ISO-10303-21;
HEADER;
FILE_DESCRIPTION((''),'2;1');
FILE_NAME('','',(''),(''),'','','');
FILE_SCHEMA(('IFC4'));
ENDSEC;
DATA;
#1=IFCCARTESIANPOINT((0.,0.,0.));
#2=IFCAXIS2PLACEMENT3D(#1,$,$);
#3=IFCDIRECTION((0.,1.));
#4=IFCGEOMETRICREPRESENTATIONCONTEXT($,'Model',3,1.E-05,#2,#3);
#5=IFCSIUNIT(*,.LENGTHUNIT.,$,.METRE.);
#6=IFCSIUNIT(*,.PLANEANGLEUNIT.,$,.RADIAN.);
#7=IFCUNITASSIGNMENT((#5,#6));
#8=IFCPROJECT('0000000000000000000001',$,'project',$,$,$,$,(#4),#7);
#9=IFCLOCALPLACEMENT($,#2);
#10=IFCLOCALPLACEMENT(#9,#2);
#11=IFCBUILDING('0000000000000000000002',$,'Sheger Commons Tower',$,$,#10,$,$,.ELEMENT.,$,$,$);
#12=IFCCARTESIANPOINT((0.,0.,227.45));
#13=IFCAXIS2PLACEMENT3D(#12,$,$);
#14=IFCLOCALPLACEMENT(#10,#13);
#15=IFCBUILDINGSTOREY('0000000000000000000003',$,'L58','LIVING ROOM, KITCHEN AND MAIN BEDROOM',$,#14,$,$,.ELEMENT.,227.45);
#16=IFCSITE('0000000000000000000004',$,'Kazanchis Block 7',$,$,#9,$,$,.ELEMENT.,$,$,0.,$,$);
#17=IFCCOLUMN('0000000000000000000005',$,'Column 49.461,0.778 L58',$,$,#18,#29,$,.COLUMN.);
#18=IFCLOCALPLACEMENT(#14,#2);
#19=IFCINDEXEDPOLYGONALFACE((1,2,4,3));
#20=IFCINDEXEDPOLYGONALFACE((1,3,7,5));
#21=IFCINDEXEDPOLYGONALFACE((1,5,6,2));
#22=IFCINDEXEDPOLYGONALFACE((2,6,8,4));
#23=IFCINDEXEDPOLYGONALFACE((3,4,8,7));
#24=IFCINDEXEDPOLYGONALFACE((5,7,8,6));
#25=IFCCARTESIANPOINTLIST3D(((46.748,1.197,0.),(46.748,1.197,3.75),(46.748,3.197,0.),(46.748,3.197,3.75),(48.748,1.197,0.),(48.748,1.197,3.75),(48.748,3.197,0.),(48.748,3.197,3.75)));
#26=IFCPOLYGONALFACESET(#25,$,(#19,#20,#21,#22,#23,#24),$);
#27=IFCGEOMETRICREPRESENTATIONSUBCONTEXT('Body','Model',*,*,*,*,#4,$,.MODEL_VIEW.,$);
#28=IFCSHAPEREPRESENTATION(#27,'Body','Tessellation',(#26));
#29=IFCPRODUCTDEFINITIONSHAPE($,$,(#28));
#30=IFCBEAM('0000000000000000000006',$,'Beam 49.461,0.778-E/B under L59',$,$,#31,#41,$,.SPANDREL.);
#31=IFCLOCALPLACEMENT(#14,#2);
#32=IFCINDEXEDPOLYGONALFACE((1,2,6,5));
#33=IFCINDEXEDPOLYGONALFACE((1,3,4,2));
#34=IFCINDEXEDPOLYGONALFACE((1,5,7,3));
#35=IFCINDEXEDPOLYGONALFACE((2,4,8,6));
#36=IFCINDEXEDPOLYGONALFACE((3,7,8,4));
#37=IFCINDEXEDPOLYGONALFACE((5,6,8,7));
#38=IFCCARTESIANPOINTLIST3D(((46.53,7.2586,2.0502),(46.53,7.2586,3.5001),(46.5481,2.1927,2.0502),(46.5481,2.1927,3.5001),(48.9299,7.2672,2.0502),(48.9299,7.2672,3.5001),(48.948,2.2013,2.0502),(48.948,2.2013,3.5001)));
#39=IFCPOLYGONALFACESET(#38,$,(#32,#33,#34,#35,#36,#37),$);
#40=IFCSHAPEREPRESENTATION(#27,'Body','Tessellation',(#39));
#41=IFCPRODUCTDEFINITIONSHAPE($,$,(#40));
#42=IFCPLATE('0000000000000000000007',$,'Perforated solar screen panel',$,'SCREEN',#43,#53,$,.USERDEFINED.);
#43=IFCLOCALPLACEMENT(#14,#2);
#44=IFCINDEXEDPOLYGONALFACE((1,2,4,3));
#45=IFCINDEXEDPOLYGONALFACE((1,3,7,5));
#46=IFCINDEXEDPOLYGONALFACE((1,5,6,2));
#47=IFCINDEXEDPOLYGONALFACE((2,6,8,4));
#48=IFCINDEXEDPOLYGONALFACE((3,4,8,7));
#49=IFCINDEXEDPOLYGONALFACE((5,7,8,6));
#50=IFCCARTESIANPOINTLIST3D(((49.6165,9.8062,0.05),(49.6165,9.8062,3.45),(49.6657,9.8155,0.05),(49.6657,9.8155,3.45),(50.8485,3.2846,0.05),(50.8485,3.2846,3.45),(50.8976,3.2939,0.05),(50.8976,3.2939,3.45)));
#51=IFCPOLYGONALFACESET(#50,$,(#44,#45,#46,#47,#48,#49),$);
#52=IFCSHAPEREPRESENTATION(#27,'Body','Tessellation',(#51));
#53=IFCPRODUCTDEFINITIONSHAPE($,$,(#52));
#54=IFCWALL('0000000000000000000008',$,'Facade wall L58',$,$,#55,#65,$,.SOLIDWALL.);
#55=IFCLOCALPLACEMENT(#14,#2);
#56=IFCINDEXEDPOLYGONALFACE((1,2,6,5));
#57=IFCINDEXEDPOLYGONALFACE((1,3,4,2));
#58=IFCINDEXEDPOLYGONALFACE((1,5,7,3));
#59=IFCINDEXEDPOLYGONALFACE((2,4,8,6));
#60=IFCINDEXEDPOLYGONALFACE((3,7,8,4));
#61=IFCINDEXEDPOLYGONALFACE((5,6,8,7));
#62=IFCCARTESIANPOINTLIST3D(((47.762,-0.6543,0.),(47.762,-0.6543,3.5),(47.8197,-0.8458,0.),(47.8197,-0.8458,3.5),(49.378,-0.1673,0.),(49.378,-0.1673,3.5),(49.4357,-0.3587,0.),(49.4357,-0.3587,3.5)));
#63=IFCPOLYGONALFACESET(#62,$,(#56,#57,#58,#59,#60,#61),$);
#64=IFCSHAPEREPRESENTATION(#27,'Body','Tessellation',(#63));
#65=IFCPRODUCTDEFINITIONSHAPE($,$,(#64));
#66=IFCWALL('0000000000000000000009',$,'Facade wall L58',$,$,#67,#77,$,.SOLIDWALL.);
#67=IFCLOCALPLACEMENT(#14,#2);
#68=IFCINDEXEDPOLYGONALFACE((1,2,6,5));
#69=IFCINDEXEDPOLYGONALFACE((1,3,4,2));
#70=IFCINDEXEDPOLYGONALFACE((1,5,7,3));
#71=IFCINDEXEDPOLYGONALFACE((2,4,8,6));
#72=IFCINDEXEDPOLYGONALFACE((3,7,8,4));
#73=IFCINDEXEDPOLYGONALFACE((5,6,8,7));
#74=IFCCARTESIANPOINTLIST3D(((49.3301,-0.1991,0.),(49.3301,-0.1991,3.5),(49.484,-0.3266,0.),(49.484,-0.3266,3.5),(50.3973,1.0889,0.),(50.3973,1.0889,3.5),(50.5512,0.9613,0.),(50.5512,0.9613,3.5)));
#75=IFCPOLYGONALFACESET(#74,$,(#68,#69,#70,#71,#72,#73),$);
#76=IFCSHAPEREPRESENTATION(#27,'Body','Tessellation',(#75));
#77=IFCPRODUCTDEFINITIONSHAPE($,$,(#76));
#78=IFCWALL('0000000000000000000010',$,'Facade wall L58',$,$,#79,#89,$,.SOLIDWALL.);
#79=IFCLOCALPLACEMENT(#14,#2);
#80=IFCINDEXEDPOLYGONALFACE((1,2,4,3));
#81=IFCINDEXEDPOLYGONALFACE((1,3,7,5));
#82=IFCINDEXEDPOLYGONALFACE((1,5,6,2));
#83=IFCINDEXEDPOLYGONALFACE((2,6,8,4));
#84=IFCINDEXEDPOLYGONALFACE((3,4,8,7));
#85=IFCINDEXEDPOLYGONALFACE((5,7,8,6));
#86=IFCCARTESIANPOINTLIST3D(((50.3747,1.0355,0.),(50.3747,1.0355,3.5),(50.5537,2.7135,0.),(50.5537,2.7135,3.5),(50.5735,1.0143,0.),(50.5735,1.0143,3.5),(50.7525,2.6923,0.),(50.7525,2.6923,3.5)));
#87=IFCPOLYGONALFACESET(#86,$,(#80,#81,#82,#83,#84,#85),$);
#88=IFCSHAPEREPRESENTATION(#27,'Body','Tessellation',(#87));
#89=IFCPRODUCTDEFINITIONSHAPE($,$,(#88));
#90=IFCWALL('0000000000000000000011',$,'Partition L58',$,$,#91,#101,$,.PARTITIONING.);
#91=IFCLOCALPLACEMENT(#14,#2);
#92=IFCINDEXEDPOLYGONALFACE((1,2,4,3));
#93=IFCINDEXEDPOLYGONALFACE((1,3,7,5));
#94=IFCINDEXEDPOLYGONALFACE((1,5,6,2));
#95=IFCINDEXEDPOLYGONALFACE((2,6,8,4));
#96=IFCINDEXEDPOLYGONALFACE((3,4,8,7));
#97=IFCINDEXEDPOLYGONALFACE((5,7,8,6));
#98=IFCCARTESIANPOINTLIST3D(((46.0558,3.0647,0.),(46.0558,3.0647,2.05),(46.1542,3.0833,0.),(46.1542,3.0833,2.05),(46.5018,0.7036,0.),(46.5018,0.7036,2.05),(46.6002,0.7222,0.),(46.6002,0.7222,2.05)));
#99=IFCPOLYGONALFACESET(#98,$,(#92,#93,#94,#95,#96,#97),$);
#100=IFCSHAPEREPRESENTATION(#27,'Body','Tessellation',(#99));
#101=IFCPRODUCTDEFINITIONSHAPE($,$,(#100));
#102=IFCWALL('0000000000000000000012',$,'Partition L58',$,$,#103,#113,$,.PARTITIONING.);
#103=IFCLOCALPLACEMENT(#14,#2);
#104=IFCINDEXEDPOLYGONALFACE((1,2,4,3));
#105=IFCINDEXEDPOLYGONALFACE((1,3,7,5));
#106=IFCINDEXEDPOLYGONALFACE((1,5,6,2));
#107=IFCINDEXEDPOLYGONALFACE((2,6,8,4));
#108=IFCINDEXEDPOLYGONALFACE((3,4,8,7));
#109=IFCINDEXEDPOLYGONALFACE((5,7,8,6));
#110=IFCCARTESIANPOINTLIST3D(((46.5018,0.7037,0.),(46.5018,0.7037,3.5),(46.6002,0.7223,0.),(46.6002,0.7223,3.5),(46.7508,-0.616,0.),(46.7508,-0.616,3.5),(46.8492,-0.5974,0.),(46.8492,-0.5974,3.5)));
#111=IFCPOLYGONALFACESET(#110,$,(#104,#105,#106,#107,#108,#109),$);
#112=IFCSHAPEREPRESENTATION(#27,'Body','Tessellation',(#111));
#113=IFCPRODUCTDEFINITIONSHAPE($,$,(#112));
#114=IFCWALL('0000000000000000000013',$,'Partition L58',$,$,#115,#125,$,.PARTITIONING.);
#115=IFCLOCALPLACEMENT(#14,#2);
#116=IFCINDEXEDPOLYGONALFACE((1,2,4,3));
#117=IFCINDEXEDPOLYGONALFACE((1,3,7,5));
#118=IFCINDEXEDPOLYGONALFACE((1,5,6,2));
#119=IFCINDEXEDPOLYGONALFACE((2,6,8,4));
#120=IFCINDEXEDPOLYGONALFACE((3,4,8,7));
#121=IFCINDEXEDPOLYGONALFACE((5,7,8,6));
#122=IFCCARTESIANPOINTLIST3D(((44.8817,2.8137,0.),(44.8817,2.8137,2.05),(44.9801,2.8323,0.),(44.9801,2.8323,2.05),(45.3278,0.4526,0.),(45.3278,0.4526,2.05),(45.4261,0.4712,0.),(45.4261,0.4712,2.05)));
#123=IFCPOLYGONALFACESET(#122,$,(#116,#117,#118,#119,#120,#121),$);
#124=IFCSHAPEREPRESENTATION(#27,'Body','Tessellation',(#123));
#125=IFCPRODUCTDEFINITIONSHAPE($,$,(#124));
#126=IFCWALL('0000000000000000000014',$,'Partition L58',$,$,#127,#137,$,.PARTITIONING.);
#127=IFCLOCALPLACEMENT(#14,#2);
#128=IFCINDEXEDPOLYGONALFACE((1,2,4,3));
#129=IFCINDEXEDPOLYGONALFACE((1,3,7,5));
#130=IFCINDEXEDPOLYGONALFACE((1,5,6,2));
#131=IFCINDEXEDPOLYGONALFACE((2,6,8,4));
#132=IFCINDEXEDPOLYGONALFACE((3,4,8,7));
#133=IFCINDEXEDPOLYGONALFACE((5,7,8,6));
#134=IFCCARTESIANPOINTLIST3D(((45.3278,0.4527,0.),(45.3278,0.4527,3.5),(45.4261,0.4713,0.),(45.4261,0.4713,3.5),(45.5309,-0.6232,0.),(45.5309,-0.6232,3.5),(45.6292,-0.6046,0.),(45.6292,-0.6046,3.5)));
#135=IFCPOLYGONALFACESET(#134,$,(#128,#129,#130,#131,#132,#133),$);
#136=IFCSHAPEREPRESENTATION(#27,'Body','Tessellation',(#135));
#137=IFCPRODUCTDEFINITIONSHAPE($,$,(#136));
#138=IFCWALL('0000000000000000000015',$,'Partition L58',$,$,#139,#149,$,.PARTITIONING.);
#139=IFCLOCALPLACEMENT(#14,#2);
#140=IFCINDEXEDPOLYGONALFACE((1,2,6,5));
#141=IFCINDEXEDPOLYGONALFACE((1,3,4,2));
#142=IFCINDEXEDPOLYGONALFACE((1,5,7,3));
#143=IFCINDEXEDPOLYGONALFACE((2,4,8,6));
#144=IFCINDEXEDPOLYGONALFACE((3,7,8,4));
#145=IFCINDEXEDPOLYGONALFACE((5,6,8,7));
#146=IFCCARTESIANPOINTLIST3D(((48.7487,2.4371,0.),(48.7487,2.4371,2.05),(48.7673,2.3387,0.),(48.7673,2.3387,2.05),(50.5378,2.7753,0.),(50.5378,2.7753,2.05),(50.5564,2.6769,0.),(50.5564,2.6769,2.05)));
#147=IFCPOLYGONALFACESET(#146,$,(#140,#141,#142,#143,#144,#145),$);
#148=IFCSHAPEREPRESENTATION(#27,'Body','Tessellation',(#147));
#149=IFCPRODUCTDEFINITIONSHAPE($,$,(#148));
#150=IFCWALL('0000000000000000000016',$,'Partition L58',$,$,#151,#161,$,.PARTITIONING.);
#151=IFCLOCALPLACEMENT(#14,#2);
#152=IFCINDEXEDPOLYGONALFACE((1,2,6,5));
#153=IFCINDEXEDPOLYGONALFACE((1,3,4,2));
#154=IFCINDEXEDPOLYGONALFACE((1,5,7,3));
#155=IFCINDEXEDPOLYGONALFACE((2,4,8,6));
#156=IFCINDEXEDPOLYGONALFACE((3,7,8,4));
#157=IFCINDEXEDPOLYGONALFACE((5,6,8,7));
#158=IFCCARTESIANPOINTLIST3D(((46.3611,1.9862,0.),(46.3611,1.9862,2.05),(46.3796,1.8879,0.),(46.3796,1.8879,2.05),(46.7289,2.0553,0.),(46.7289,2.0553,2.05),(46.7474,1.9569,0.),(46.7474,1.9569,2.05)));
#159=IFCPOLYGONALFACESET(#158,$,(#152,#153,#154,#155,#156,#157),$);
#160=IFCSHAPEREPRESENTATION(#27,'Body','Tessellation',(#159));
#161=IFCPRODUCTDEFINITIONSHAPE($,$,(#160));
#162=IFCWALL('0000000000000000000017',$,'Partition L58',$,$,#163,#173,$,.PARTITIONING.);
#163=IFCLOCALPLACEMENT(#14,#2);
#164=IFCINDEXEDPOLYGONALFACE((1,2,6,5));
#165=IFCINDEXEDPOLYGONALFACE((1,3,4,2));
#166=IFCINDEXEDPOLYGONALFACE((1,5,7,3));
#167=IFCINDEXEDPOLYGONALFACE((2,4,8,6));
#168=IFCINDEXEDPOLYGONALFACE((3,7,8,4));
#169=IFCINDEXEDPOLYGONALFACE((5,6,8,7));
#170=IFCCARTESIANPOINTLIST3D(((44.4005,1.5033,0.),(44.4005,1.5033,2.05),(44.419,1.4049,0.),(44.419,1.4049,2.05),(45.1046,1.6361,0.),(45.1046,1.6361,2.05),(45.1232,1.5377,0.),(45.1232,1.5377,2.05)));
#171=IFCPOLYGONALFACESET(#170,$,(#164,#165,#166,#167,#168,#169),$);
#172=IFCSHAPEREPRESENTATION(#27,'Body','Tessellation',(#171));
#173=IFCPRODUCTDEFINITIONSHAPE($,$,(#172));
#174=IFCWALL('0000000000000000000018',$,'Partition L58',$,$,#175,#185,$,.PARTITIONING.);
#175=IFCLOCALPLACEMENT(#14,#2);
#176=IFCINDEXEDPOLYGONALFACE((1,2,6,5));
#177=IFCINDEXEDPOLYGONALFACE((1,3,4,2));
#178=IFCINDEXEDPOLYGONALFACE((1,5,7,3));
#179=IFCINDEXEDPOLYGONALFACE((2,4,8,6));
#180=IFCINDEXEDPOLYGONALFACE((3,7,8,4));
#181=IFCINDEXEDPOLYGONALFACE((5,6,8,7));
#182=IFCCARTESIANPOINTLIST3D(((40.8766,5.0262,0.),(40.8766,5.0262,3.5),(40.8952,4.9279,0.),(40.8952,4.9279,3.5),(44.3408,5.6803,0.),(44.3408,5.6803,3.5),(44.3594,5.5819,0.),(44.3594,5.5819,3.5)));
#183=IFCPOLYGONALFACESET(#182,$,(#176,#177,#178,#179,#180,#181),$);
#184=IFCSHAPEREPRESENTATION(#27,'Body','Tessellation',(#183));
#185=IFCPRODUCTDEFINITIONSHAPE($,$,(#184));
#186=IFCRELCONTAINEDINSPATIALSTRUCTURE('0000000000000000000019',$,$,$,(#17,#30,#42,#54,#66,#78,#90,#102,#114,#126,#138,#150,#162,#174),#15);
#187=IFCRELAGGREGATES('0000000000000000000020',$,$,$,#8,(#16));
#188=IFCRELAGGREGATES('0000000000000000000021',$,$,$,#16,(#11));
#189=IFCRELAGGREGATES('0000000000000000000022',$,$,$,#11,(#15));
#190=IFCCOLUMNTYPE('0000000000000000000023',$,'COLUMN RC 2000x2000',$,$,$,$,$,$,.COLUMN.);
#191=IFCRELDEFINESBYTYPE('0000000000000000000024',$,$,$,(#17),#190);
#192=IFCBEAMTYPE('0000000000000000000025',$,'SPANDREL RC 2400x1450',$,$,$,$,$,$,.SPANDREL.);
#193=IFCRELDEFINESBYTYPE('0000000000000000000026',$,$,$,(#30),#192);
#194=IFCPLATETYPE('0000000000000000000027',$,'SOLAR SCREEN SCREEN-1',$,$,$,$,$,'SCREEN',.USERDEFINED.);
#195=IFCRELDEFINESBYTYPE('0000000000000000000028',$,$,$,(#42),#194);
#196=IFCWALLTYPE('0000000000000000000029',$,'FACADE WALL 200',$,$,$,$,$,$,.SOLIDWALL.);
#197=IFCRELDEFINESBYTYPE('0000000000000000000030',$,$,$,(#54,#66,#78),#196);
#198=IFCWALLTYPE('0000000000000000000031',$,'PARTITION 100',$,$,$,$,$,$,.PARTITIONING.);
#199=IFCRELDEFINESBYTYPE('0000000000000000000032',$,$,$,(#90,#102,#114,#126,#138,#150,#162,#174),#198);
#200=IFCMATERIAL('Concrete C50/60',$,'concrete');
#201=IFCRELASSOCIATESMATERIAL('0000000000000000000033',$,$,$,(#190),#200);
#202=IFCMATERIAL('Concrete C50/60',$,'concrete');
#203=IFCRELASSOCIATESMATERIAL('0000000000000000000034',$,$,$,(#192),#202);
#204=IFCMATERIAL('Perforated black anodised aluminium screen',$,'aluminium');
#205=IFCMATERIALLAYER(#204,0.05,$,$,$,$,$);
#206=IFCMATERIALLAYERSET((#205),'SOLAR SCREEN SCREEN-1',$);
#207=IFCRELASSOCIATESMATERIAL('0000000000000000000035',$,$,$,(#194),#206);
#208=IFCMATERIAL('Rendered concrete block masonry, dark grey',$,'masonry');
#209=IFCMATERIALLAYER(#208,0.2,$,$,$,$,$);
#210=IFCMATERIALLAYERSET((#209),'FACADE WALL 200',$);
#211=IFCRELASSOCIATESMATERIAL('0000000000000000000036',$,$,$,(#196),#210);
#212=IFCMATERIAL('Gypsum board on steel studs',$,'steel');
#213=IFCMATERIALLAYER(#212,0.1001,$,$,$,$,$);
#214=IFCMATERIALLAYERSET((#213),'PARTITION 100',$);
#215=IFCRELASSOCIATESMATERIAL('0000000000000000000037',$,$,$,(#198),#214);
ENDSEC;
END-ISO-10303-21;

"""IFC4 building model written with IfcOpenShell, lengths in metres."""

from ifc_helpers import new_model, si_unit, direction, frame, frame_2d, origin, origin_2d, place, context, subcontext, project, spatial, rectangle, extrude, material, layer, layer_set, material_profile, profile_set, type_object, element, save


model = new_model("IFC4")

# Units and contexts
model_context = context("Model", 3, precision=1e-05, world=origin(), true_north=direction((0.0, 1.0)))
body_context = subcontext(model_context, "Body", "Model", "MODEL_VIEW")
ifc_project = project(units=[si_unit("LENGTHUNIT", "METRE"), si_unit("PLANEANGLEUNIT", "RADIAN")], contexts=[model_context])

# Site, building, storey
site_placement = place(None, origin())
site = spatial("IfcSite", under=ifc_project, at=site_placement, Name="Kazanchis Block 7", CompositionType="ELEMENT", RefElevation=0.0)
building_placement = place(site_placement, origin())
building = spatial("IfcBuilding", under=site, at=building_placement, Name="Sheger Commons Tower", CompositionType="ELEMENT")
storey_placement = place(building_placement, frame((0.0, 0.0, 227.45)))
storey = spatial("IfcBuildingStorey", under=building, at=storey_placement, Name="L58", Description="LIVING ROOM, KITCHEN AND MAIN BEDROOM", CompositionType="ELEMENT", Elevation=227.45)

# Column
ifc_material_1 = material(Name="Concrete C50/60", Category="concrete")
ifc_material_profile_1 = material_profile(ifc_material_1, rectangle(XDim=2.0, YDim=2.0, at=origin_2d()), Name="RC 2000x2000")
ifc_profile_set_1 = profile_set([ifc_material_profile_1], Name="Concrete C50/60")
column_type = type_object("IfcColumnType", Name="COLUMN RC 2000x2000", PredefinedType="COLUMN", material=ifc_profile_set_1)
column_placement = place(storey_placement, frame((47.748, 2.197, 0.0), z_axis=(0.0, 0.0, 1.0), x_axis=(1.0, 0.0, 0.0)))
element("IfcColumn", 1, at=column_placement, inside=storey, type_object=column_type, Name="Column 49.461,0.778 L58", PredefinedType="COLUMN", context=body_context, shape_type="SweptSolid", body=[
    extrude(rectangle(XDim=2.0, YDim=2.0, at=origin_2d()), origin(), (0.0, 0.0, 1.0), 3.75),
])

# Beam
ifc_material_2 = material(Name="Concrete C50/60", Category="concrete")
ifc_material_profile_2 = material_profile(ifc_material_2, rectangle(XDim=2.3999, YDim=1.45, at=origin_2d()), Name="RC 2400x1450")
ifc_profile_set_2 = profile_set([ifc_material_profile_2], Name="Concrete C50/60")
beam_type = type_object("IfcBeamType", Name="SPANDREL RC 2400x1450", PredefinedType="SPANDREL", material=ifc_profile_set_2)
beam_placement = place(storey_placement, frame((47.748, 2.197, 2.7751), z_axis=(-0.003566, 0.999994, 0.0), x_axis=(-0.999994, -0.003566, 0.0)))
element("IfcBeam", 2, at=beam_placement, inside=storey, type_object=beam_type, Name="Beam 49.461,0.778-E/B under L59", PredefinedType="SPANDREL", context=body_context, shape_type="SweptSolid", body=[
    extrude(rectangle(XDim=2.3999, YDim=1.45, at=origin_2d()), origin(), (0.0, 0.0, 1.0), 5.0659),
])

# Plate
ifc_material_3 = material(Name="Perforated black anodised aluminium screen", Category="aluminium")
ifc_layer_1 = layer(ifc_material_3, 0.05)
ifc_layer_set_1 = layer_set([ifc_layer_1], Name="SOLAR SCREEN SCREEN-1")
plate_type = type_object("IfcPlateType", Name="SOLAR SCREEN SCREEN-1", ElementType="SCREEN", PredefinedType="USERDEFINED", material=ifc_layer_set_1)
plate_placement = place(storey_placement, frame((50.2571, 6.55, 0.05), z_axis=(0.0, 0.0, 1.0), x_axis=(-0.185615, 0.982623, 0.0)))
element("IfcPlate", 3, at=plate_placement, inside=storey, type_object=plate_type, Name="Perforated solar screen panel", ObjectType="SCREEN", PredefinedType="USERDEFINED", context=body_context, shape_type="SweptSolid", body=[
    extrude(rectangle(XDim=6.637, YDim=0.05, at=origin_2d()), origin(), (0.0, 0.0, 1.0), 3.3999),
])

# Walls
ifc_material_4 = material(Name="Rendered concrete block masonry, dark grey", Category="masonry")
ifc_layer_2 = layer(ifc_material_4, 0.2)
ifc_layer_set_2 = layer_set([ifc_layer_2], Name="FACADE WALL 200")
wall_type_1 = type_object("IfcWallType", Name="FACADE WALL 200", PredefinedType="SOLIDWALL", material=ifc_layer_set_2)
wall_1_placement = place(storey_placement, frame((47.791, -0.75, 0.0), z_axis=(0.0, 0.0, 1.0), x_axis=(0.957455, 0.288582, 0.0)))
element("IfcWall", 4, at=wall_1_placement, inside=storey, type_object=wall_type_1, Name="Facade wall L58", PredefinedType="SOLIDWALL", context=body_context, shape_type="SweptSolid", body=[
    extrude(rectangle(XDim=1.6877, YDim=0.2, at=frame_2d((0.8438, 0.0))), origin(), (0.0, 0.0, 1.0), 3.5),
])
wall_2_placement = place(storey_placement, frame((49.407, -0.2629, 0.0), z_axis=(0.0, 0.0, 1.0), x_axis=(0.638043, 0.770001, 0.0)))
element("IfcWall", 5, at=wall_2_placement, inside=storey, type_object=wall_type_1, Name="Facade wall L58", PredefinedType="SOLIDWALL", context=body_context, shape_type="SweptSolid", body=[
    extrude(rectangle(XDim=1.6726, YDim=0.2, at=frame_2d((0.8364, 0.0))), origin(), (0.0, 0.0, 1.0), 3.5),
])
wall_3_placement = place(storey_placement, frame((50.4741, 1.0249, 0.0), z_axis=(0.0, 0.0, 1.0), x_axis=(0.106048, 0.994361, 0.0)))
element("IfcWall", 6, at=wall_3_placement, inside=storey, type_object=wall_type_1, Name="Facade wall L58", PredefinedType="SOLIDWALL", context=body_context, shape_type="SweptSolid", body=[
    extrude(rectangle(XDim=1.6875, YDim=0.2, at=frame_2d((0.8438, 0.0))), origin(), (0.0, 0.0, 1.0), 3.5),
])

# Walls
ifc_material_5 = material(Name="Gypsum board on steel studs", Category="steel")
ifc_layer_3 = layer(ifc_material_5, 0.1001)
ifc_layer_set_3 = layer_set([ifc_layer_3], Name="PARTITION 100")
wall_type_2 = type_object("IfcWallType", Name="PARTITION 100", PredefinedType="PARTITIONING", material=ifc_layer_set_3)
wall_4_placement = place(storey_placement, frame((46.105, 3.074, 0.0), z_axis=(0.0, 0.0, 1.0), x_axis=(0.185632, -0.982619, 0.0)))
element("IfcWall", 7, at=wall_4_placement, inside=storey, type_object=wall_type_2, Name="Partition L58", PredefinedType="PARTITIONING", context=body_context, shape_type="SweptSolid", body=[
    extrude(rectangle(XDim=2.4028, YDim=0.1001, at=frame_2d((1.2014, 0.0))), origin(), (0.0, 0.0, 1.0), 2.05),
])
wall_5_placement = place(storey_placement, frame((46.551, 0.7129, 0.0), z_axis=(0.0, 0.0, 1.0), x_axis=(0.185408, -0.982662, 0.0)))
element("IfcWall", 8, at=wall_5_placement, inside=storey, type_object=wall_type_2, Name="Partition L58", PredefinedType="PARTITIONING", context=body_context, shape_type="SweptSolid", body=[
    extrude(rectangle(XDim=1.343, YDim=0.1001, at=frame_2d((0.6714, 0.0))), origin(), (0.0, 0.0, 1.0), 3.5),
])
wall_6_placement = place(storey_placement, frame((44.9309, 2.823, 0.0), z_axis=(0.0, 0.0, 1.0), x_axis=(0.185632, -0.982619, 0.0)))
element("IfcWall", 9, at=wall_6_placement, inside=storey, type_object=wall_type_2, Name="Partition L58", PredefinedType="PARTITIONING", context=body_context, shape_type="SweptSolid", body=[
    extrude(rectangle(XDim=2.4028, YDim=0.1001, at=frame_2d((1.2014, 0.0))), origin(), (0.0, 0.0, 1.0), 2.05),
])
wall_7_placement = place(storey_placement, frame((45.377, 0.4619, 0.0), z_axis=(0.0, 0.0, 1.0), x_axis=(0.185513, -0.982642, 0.0)))
element("IfcWall", 10, at=wall_7_placement, inside=storey, type_object=wall_type_2, Name="Partition L58", PredefinedType="PARTITIONING", context=body_context, shape_type="SweptSolid", body=[
    extrude(rectangle(XDim=1.095, YDim=0.1001, at=frame_2d((0.5474, 0.0))), origin(), (0.0, 0.0, 1.0), 3.5),
])
wall_8_placement = place(storey_placement, frame((50.5471, 2.7261, 0.0), z_axis=(0.0, 0.0, 1.0), x_axis=(-0.982604, -0.185713, 0.0)))
element("IfcWall", 11, at=wall_8_placement, inside=storey, type_object=wall_type_2, Name="Partition L58", PredefinedType="PARTITIONING", context=body_context, shape_type="SweptSolid", body=[
    extrude(rectangle(XDim=1.8208, YDim=0.1001, at=frame_2d((0.9104, 0.0))), origin(), (0.0, 0.0, 1.0), 2.05),
])
wall_9_placement = place(storey_placement, frame((46.738, 2.0061, 0.0), z_axis=(0.0, 0.0, 1.0), x_axis=(-0.98282, -0.184564, 0.0)))
element("IfcWall", 12, at=wall_9_placement, inside=storey, type_object=wall_type_2, Name="Partition L58", PredefinedType="PARTITIONING", context=body_context, shape_type="SweptSolid", body=[
    extrude(rectangle(XDim=0.3743, YDim=0.1001, at=frame_2d((0.187, 0.0))), origin(), (0.0, 0.0, 1.0), 2.05),
])
wall_10_placement = place(storey_placement, frame((45.114, 1.5869, 0.0), z_axis=(0.0, 0.0, 1.0), x_axis=(-0.982671, -0.185358, 0.0)))
element("IfcWall", 13, at=wall_10_placement, inside=storey, type_object=wall_type_2, Name="Partition L58", PredefinedType="PARTITIONING", context=body_context, shape_type="SweptSolid", body=[
    extrude(rectangle(XDim=0.7166, YDim=0.1001, at=frame_2d((0.3584, 0.0))), origin(), (0.0, 0.0, 1.0), 2.05),
])
wall_11_placement = place(storey_placement, frame((44.3501, 5.6311, 0.0), z_axis=(0.0, 0.0, 1.0), x_axis=(-0.982639, -0.18553, 0.0)))
element("IfcWall", 14, at=wall_11_placement, inside=storey, type_object=wall_type_2, Name="Partition L58", PredefinedType="PARTITIONING", context=body_context, shape_type="SweptSolid", body=[
    extrude(rectangle(XDim=3.5254, YDim=0.1001, at=frame_2d((1.7627, 0.0))), origin(), (0.0, 0.0, 1.0), 3.5),
])

save(model, "model.ifc")
